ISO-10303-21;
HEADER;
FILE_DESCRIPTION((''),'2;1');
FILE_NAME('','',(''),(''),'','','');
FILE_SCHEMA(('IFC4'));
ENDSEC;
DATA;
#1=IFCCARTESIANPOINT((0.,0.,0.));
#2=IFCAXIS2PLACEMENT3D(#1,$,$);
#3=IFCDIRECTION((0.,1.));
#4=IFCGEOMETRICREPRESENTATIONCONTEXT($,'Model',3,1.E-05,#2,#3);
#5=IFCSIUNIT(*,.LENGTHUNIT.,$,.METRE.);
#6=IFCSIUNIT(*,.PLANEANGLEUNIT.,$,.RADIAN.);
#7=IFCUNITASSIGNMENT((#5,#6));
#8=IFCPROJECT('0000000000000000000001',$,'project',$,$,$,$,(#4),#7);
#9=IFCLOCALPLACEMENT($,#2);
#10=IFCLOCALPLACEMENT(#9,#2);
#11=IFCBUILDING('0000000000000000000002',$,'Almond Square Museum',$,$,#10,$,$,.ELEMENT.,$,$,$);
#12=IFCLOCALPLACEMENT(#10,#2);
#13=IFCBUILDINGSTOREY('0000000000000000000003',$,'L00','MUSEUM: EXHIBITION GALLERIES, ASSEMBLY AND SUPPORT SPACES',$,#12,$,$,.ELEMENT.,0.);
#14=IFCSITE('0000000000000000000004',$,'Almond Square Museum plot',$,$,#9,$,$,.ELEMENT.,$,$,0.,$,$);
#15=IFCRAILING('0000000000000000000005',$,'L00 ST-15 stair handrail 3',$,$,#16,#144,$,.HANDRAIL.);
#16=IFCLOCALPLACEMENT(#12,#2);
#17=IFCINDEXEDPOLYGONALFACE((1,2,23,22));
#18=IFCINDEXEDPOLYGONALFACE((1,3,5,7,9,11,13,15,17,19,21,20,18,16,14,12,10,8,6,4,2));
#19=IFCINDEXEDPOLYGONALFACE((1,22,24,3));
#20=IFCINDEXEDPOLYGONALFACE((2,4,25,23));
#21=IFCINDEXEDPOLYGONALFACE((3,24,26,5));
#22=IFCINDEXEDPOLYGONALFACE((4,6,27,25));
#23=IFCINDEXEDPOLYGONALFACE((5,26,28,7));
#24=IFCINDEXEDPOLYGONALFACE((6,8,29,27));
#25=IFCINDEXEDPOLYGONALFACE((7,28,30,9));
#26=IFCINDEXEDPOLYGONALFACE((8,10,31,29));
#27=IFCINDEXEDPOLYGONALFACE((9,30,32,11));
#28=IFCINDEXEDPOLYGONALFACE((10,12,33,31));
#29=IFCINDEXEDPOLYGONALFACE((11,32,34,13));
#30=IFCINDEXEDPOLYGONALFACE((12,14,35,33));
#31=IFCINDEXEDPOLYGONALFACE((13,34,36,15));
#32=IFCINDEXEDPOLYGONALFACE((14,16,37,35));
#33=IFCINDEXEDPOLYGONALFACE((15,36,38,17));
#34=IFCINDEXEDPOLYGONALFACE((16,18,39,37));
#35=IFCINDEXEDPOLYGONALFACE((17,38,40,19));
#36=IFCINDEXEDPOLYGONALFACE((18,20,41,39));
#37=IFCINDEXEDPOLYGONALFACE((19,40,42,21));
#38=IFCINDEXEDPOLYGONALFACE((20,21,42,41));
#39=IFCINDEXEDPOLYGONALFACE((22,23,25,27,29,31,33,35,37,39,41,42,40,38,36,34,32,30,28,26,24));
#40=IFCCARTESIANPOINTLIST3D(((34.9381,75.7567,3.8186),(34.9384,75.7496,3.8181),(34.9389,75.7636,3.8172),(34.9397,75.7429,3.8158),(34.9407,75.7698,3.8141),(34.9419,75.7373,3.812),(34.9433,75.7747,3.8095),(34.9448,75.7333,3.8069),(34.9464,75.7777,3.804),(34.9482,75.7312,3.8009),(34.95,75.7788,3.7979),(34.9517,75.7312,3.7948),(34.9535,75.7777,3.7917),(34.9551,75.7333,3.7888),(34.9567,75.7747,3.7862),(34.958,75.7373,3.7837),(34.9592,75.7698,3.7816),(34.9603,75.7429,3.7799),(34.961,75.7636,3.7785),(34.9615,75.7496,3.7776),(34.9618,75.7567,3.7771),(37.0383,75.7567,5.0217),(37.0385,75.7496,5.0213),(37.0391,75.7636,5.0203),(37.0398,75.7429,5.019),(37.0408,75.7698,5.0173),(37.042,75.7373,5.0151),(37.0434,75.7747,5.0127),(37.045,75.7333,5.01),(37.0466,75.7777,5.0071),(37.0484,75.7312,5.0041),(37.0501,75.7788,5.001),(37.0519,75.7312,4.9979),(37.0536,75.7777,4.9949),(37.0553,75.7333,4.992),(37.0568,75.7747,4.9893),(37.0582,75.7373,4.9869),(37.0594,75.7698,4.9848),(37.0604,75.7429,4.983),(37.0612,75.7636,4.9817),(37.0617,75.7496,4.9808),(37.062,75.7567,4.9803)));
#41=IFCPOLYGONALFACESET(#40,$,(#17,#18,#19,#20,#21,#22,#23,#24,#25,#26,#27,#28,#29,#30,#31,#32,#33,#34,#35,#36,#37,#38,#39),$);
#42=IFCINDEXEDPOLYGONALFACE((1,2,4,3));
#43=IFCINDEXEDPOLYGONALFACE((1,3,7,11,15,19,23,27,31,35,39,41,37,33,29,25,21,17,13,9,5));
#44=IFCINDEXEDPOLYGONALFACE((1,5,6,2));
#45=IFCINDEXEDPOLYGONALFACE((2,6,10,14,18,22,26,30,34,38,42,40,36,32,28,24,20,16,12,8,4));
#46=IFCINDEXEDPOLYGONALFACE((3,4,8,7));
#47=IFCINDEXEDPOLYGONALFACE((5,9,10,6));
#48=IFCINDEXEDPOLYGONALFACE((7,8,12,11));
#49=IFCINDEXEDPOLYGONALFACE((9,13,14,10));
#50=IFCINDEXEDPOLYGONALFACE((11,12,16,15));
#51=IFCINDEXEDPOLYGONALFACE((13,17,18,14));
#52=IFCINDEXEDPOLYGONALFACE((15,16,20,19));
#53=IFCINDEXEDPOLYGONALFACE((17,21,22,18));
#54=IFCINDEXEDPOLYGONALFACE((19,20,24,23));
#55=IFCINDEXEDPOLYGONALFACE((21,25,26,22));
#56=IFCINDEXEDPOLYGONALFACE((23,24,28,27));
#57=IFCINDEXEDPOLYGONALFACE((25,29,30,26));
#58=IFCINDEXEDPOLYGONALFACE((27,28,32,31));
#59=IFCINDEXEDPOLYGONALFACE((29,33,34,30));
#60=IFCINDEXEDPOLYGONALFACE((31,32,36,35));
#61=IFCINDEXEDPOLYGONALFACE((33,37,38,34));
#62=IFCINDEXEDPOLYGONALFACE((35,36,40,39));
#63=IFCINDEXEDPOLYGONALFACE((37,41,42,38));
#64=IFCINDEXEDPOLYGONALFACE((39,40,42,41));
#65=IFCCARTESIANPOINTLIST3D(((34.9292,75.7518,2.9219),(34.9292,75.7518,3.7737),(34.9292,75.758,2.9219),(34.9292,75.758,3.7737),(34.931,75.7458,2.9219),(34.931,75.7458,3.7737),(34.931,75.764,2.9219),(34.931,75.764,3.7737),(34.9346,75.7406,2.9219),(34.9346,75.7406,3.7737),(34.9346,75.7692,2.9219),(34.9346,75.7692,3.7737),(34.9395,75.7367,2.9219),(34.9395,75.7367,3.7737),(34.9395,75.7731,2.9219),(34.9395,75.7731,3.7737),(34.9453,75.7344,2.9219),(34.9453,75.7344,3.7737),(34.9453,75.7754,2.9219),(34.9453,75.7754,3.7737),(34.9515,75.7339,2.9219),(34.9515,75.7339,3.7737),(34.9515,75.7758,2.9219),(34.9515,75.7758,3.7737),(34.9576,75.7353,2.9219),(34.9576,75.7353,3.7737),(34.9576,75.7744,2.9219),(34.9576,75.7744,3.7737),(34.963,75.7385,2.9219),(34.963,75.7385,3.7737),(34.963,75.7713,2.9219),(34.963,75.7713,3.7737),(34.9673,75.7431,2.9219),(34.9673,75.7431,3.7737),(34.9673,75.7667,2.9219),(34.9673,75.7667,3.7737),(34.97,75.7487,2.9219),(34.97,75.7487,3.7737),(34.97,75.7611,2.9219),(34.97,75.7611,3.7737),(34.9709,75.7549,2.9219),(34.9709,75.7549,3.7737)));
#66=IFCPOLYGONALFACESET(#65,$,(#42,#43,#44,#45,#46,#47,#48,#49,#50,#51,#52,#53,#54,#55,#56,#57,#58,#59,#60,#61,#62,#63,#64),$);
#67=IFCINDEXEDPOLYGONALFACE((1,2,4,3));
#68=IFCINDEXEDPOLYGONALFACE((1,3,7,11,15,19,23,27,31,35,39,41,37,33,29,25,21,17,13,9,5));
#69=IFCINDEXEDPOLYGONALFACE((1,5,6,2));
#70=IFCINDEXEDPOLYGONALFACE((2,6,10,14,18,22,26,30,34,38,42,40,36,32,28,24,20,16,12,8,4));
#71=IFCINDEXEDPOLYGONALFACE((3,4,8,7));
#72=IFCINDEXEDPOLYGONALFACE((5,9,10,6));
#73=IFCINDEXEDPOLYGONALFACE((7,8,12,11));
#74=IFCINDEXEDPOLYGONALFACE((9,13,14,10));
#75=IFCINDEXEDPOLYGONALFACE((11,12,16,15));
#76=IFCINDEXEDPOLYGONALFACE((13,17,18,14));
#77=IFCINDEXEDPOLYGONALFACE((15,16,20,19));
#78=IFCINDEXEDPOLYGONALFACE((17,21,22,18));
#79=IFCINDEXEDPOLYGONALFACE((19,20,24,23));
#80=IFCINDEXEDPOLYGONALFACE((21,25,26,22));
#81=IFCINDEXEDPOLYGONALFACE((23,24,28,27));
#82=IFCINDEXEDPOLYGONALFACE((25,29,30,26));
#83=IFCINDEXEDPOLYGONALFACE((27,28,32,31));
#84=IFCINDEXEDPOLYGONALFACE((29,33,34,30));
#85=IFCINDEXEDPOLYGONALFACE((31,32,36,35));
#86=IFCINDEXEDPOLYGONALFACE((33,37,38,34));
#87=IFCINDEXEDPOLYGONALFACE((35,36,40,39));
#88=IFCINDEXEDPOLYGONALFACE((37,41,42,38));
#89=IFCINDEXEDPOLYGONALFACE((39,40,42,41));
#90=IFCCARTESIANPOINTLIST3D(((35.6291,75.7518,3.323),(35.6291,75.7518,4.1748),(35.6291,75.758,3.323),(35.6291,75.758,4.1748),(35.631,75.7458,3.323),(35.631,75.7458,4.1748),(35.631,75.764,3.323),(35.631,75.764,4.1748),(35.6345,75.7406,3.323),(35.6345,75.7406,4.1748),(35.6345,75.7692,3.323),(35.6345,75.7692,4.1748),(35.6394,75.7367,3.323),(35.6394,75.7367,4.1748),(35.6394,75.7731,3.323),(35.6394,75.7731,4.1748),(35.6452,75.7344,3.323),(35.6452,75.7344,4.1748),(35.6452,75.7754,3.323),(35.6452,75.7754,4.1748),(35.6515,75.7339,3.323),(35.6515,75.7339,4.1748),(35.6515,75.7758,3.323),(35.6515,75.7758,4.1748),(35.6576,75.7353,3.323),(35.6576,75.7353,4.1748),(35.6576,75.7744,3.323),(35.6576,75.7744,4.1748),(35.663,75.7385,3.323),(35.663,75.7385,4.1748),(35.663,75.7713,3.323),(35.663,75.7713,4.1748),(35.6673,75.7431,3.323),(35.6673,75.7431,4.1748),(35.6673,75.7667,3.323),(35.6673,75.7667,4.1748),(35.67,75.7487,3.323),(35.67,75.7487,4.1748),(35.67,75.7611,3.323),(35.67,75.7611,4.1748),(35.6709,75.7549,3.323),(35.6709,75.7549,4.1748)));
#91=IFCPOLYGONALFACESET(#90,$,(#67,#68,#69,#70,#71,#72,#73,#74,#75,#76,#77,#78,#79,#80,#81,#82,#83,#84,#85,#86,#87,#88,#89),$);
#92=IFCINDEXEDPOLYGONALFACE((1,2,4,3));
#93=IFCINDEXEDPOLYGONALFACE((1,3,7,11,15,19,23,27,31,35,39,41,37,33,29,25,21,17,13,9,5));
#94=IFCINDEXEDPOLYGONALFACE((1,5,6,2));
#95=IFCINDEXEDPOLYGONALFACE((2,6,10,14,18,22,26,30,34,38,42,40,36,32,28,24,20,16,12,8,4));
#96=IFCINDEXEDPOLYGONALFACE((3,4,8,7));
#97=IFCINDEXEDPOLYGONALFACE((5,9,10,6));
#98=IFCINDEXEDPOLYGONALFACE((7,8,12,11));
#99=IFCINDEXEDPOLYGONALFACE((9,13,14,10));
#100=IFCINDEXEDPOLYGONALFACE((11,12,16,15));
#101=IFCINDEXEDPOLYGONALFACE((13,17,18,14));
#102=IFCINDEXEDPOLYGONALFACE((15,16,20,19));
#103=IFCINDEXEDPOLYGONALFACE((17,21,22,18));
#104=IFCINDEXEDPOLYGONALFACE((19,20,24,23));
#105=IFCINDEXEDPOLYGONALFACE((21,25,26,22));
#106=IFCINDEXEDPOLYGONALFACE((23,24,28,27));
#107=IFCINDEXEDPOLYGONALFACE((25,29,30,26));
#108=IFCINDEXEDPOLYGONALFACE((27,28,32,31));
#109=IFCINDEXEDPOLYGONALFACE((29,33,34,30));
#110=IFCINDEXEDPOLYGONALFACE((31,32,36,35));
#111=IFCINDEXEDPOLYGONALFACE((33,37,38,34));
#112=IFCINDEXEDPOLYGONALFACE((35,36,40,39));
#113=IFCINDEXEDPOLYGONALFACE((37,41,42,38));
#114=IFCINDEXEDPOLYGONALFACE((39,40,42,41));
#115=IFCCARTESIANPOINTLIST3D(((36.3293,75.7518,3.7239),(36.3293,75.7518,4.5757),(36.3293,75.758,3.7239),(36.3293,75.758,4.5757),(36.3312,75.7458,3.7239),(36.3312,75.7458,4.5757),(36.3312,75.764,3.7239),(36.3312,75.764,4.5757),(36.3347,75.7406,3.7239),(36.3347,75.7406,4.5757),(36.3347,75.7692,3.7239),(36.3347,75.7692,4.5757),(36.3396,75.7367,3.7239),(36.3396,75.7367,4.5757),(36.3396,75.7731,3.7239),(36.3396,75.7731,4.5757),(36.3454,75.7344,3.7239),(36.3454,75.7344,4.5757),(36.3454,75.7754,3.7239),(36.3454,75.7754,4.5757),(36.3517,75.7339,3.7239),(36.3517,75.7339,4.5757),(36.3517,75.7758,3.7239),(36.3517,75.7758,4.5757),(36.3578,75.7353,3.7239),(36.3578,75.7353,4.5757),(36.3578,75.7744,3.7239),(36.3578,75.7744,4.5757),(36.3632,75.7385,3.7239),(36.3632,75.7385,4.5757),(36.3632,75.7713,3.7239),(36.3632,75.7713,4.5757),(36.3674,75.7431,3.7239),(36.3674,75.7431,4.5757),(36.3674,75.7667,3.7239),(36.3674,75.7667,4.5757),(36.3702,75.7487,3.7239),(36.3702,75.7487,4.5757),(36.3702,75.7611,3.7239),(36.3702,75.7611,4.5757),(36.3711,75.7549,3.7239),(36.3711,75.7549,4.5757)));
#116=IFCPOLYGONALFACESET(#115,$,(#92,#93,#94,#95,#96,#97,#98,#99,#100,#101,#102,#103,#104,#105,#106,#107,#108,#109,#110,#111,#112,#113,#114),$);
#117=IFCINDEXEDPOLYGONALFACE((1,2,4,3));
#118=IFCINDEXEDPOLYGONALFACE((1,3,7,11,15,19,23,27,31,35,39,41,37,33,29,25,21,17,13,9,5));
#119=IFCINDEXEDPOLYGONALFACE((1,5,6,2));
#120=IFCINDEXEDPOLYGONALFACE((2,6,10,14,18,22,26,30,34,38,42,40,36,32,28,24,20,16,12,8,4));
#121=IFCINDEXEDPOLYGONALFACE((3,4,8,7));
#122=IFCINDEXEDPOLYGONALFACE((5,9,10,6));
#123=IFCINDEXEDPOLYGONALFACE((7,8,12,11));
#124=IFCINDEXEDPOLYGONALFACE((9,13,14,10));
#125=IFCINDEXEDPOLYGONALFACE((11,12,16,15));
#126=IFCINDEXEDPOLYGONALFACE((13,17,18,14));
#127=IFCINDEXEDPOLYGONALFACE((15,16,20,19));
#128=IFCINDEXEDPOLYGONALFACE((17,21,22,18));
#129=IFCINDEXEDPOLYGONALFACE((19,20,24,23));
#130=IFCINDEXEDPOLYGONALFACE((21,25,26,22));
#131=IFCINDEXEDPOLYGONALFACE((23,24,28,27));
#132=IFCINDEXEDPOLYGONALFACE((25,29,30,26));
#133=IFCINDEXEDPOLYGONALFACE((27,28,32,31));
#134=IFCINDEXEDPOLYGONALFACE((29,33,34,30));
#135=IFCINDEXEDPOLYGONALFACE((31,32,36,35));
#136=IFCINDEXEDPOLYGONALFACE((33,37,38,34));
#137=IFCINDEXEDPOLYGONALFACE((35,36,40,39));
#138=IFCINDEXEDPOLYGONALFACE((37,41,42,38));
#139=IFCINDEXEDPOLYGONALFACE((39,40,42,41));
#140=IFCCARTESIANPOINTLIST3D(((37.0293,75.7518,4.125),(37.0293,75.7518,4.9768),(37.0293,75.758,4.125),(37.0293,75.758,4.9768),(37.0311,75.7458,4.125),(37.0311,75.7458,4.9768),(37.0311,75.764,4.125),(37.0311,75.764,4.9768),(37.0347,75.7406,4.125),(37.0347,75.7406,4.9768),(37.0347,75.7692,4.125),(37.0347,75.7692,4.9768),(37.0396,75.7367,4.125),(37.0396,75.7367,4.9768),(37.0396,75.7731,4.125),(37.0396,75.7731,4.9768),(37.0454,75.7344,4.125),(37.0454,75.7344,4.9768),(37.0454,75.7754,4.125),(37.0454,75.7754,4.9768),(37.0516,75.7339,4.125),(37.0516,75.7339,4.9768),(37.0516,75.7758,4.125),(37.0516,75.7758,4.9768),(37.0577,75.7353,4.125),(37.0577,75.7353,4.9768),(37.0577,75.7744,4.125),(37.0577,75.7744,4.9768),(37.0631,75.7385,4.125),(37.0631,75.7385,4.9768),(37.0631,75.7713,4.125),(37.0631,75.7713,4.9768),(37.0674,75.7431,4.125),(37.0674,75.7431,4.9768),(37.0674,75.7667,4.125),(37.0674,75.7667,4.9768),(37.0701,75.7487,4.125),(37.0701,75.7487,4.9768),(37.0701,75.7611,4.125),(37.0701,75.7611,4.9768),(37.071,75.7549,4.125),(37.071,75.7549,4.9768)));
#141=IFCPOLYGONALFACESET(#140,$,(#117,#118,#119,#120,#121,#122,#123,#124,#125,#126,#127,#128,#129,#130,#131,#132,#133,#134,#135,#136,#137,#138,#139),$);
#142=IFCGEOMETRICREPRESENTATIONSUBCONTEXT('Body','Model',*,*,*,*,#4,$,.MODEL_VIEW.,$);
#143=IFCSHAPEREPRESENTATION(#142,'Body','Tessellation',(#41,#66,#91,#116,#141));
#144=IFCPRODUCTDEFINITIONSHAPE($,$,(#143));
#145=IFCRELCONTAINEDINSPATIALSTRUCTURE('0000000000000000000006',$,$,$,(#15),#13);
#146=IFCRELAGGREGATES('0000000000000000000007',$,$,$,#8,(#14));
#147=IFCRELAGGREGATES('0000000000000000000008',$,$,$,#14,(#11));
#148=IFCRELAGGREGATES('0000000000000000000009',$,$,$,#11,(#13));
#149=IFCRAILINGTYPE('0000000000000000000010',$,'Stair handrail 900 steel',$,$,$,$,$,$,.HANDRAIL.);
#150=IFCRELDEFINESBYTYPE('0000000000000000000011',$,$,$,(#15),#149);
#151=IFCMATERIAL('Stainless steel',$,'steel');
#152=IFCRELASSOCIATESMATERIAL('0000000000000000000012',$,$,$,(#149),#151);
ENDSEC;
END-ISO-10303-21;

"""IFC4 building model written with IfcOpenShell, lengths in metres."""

from ifc_helpers import new_model, si_unit, direction, frame, origin, origin_2d, place, context, subcontext, project, spatial, circle, extrude, material, type_object, element, save


model = new_model("IFC4")

# Units and contexts
model_context = context("Model", 3, precision=1e-05, world=origin(), true_north=direction((0.0, 1.0)))
body_context = subcontext(model_context, "Body", "Model", "MODEL_VIEW")
ifc_project = project(units=[si_unit("LENGTHUNIT", "METRE"), si_unit("PLANEANGLEUNIT", "RADIAN")], contexts=[model_context])

# Site, building, storey
site_placement = place(None, origin())
site = spatial("IfcSite", under=ifc_project, at=site_placement, Name="Almond Square Museum plot", CompositionType="ELEMENT", RefElevation=0.0)
building_placement = place(site_placement, origin())
building = spatial("IfcBuilding", under=site, at=building_placement, Name="Almond Square Museum", CompositionType="ELEMENT")
storey_placement = place(building_placement, origin())
storey = spatial("IfcBuildingStorey", under=building, at=storey_placement, Name="L00", Description="MUSEUM: EXHIBITION GALLERIES, ASSEMBLY AND SUPPORT SPACES", CompositionType="ELEMENT", Elevation=0.0)

# Railing
ifc_material_1 = material(Name="Stainless steel", Category="steel")
railing_type_1 = type_object("IfcRailingType", Name="Stair handrail 900 steel", PredefinedType="HANDRAIL", material=ifc_material_1)
for number, where, name in (
    (1, (34.95, 75.7549, 2.9219), "L00 ST-15 stair handrail 3"),
):
    element("IfcRailing", number, at=place(storey_placement, frame(where)), inside=storey, type_object=railing_type_1, Name=name, PredefinedType="HANDRAIL", context=body_context, shape_type="SweptSolid", body=[
        extrude(circle(Radius=0.0239, at=origin_2d()), frame((0.0, 0.0, 0.876), z_axis=(0.867696, 0.0, 0.497095), x_axis=(0.0, 1.0, 0.0)), (0.0, 0.0, 1.0), 2.4204),
        extrude(circle(Radius=0.021, at=origin_2d()), origin(), (0.0, 0.0, 1.0), 0.8518),
        extrude(circle(Radius=0.021, at=origin_2d()), frame((0.7, 0.0, 0.4011)), (0.0, 0.0, 1.0), 0.8518),
        extrude(circle(Radius=0.021, at=origin_2d()), frame((1.4001, 0.0, 0.802)), (0.0, 0.0, 1.0), 0.8518),
        extrude(circle(Radius=0.021, at=origin_2d()), frame((2.1001, 0.0, 1.2031)), (0.0, 0.0, 1.0), 0.8518),
    ])

save(model, "model.ifc")
